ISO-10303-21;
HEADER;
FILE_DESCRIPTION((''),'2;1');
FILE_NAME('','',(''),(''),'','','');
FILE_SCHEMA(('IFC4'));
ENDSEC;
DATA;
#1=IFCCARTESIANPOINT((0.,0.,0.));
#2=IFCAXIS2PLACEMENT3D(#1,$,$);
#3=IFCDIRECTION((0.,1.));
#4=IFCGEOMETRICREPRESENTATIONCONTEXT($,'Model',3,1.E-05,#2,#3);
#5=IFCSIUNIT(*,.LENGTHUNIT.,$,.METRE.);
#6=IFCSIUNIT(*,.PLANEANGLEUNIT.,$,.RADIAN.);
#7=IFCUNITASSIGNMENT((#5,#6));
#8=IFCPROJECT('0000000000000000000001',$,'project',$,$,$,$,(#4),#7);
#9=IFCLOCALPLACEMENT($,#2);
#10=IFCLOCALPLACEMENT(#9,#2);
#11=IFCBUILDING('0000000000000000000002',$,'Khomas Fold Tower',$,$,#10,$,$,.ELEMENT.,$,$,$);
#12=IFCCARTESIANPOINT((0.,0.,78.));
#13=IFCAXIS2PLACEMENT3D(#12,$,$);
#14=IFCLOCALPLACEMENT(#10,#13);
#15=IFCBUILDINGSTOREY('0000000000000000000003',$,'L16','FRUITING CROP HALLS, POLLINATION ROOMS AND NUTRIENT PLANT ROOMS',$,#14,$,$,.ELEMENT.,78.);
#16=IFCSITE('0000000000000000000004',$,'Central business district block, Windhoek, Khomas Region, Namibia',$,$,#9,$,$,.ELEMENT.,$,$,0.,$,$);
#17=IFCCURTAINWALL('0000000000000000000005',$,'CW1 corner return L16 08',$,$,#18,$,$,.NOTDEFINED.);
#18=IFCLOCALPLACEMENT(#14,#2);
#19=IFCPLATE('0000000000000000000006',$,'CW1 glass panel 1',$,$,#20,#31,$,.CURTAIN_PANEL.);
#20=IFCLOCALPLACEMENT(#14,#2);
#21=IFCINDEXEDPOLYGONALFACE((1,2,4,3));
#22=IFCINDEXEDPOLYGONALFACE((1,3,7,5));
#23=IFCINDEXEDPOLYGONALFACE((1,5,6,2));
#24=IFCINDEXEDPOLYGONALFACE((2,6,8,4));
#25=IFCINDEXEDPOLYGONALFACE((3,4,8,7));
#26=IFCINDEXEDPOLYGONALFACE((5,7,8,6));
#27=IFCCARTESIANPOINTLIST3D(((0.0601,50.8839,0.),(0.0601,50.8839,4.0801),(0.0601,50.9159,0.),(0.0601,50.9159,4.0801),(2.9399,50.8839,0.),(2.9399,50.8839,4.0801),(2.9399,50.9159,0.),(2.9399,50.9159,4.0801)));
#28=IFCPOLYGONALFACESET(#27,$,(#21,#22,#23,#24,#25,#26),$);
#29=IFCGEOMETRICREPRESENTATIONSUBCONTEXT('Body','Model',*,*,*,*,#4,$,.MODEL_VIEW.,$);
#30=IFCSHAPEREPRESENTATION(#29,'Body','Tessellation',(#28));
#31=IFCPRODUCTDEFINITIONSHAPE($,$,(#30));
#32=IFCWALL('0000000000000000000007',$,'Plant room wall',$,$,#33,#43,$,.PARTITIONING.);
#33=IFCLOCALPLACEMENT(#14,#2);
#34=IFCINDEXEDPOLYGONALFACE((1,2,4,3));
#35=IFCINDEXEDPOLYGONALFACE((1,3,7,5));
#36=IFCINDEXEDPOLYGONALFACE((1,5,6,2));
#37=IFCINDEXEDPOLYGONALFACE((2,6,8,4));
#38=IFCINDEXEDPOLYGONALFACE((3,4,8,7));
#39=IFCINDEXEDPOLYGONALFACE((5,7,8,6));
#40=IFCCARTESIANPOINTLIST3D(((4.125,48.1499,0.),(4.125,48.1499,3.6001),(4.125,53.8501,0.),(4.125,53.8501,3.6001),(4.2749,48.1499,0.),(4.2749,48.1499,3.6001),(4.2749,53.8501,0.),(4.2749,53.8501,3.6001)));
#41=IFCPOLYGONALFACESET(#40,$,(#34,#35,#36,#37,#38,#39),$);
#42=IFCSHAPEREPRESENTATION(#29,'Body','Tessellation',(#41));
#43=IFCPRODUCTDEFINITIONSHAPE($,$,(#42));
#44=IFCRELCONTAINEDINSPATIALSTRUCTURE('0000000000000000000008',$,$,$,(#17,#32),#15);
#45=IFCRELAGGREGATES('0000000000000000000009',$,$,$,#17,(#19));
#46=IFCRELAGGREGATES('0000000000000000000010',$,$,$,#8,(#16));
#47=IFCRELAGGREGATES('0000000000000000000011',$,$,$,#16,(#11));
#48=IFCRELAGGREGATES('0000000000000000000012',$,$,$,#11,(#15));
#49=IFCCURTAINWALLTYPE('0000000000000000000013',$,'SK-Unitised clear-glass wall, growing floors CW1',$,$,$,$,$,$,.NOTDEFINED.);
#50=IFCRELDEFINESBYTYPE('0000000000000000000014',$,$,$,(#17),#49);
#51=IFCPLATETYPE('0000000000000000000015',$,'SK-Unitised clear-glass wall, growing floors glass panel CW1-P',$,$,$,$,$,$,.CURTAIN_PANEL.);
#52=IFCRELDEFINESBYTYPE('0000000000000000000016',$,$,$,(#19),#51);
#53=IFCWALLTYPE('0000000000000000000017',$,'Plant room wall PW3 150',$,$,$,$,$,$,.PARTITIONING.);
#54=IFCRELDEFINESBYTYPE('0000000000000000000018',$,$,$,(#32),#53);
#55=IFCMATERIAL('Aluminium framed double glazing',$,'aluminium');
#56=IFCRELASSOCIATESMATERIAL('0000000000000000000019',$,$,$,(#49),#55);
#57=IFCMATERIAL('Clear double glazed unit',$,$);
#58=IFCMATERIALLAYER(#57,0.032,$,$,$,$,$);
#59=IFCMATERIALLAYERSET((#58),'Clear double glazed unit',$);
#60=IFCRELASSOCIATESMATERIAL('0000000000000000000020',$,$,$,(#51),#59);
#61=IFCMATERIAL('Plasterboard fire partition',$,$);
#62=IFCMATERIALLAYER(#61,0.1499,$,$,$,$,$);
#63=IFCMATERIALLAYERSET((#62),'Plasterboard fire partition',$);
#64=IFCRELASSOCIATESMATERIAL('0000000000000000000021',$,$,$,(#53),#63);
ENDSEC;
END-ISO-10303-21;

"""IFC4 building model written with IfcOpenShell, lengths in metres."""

from ifc_helpers import new_model, si_unit, direction, frame, frame_2d, origin, origin_2d, place, context, subcontext, project, spatial, rectangle, extrude, source, transform, mapped, material, layer, layer_set, type_object, element, aggregate, save


model = new_model("IFC4")

# Units and contexts
model_context = context("Model", 3, precision=1e-05, world=origin(), true_north=direction((0.0, 1.0)))
body_context = subcontext(model_context, "Body", "Model", "MODEL_VIEW")
ifc_project = project(units=[si_unit("LENGTHUNIT", "METRE"), si_unit("PLANEANGLEUNIT", "RADIAN")], contexts=[model_context])

# Site, building, storey
site_placement = place(None, origin())
site = spatial("IfcSite", under=ifc_project, at=site_placement, Name="Central business district block, Windhoek, Khomas Region, Namibia", CompositionType="ELEMENT", RefElevation=0.0)
building_placement = place(site_placement, origin())
building = spatial("IfcBuilding", under=site, at=building_placement, Name="Khomas Fold Tower", CompositionType="ELEMENT")
storey_placement = place(building_placement, frame((0.0, 0.0, 78.0)))
storey = spatial("IfcBuildingStorey", under=building, at=storey_placement, Name="L16", Description="FRUITING CROP HALLS, POLLINATION ROOMS AND NUTRIENT PLANT ROOMS", CompositionType="ELEMENT", Elevation=78.0)

# Shared definitions
ifc_material_1 = material(Name="Aluminium framed double glazing", Category="aluminium")
curtain_wall_type = type_object("IfcCurtainWallType", Name="SK-Unitised clear-glass wall, growing floors CW1", PredefinedType="NOTDEFINED", material=ifc_material_1)

# Curtain wall
curtain_wall_1_placement = place(storey_placement, origin())
curtain_wall_1 = element("IfcCurtainWall", 1, at=curtain_wall_1_placement, inside=storey, type_object=curtain_wall_type, Name="CW1 corner return L16 08", PredefinedType="NOTDEFINED")

# Plate
ifc_material_2 = material(Name="Clear double glazed unit")
ifc_layer_1 = layer(ifc_material_2, 0.032)
ifc_layer_set_1 = layer_set([ifc_layer_1], Name="Clear double glazed unit")
plate_type = type_object("IfcPlateType", Name="SK-Unitised clear-glass wall, growing floors glass panel CW1-P", PredefinedType="CURTAIN_PANEL", material=ifc_layer_set_1)
shared_shape_1 = source(origin(), body_context, "Body", "SweptSolid", [
    extrude(rectangle(XDim=2.8799, YDim=0.032, at=origin_2d()), origin(), (0.0, 0.0, 1.0), 4.0801),
])
plate_1_placement = place(storey_placement, frame((1.5, 50.8999, 0.0), z_axis=(0.0, 0.0, 1.0), x_axis=(-1.0, 0.0, 0.0)))
plate_1 = element("IfcPlate", 2, at=plate_1_placement, type_object=plate_type, Name="CW1 glass panel 1", PredefinedType="CURTAIN_PANEL", context=body_context, shape_type="MappedRepresentation", body=[
    mapped(shared_shape_1, transform((0.0, 0.0, 0.0))),
])
aggregate(curtain_wall_1, [plate_1])

# Wall
ifc_material_3 = material(Name="Plasterboard fire partition")
ifc_layer_2 = layer(ifc_material_3, 0.1499)
ifc_layer_set_2 = layer_set([ifc_layer_2], Name="Plasterboard fire partition")
wall_type = type_object("IfcWallType", Name="Plant room wall PW3 150", PredefinedType="PARTITIONING", material=ifc_layer_set_2)
shared_shape_2 = source(origin(), body_context, "Body", "SweptSolid", [
    extrude(rectangle(XDim=5.7002, YDim=0.1499, at=frame_2d((2.8501, 0.0))), origin(), (0.0, 0.0, 1.0), 3.6001),
])
wall_placement = place(storey_placement, frame((4.2, 48.1499, 0.0), z_axis=(0.0, 0.0, 1.0), x_axis=(0.0, 1.0, 0.0)))
element("IfcWall", 3, at=wall_placement, inside=storey, type_object=wall_type, Name="Plant room wall", PredefinedType="PARTITIONING", context=body_context, shape_type="MappedRepresentation", body=[
    mapped(shared_shape_2, transform((0.0, 0.0, 0.0))),
])

save(model, "model.ifc")
